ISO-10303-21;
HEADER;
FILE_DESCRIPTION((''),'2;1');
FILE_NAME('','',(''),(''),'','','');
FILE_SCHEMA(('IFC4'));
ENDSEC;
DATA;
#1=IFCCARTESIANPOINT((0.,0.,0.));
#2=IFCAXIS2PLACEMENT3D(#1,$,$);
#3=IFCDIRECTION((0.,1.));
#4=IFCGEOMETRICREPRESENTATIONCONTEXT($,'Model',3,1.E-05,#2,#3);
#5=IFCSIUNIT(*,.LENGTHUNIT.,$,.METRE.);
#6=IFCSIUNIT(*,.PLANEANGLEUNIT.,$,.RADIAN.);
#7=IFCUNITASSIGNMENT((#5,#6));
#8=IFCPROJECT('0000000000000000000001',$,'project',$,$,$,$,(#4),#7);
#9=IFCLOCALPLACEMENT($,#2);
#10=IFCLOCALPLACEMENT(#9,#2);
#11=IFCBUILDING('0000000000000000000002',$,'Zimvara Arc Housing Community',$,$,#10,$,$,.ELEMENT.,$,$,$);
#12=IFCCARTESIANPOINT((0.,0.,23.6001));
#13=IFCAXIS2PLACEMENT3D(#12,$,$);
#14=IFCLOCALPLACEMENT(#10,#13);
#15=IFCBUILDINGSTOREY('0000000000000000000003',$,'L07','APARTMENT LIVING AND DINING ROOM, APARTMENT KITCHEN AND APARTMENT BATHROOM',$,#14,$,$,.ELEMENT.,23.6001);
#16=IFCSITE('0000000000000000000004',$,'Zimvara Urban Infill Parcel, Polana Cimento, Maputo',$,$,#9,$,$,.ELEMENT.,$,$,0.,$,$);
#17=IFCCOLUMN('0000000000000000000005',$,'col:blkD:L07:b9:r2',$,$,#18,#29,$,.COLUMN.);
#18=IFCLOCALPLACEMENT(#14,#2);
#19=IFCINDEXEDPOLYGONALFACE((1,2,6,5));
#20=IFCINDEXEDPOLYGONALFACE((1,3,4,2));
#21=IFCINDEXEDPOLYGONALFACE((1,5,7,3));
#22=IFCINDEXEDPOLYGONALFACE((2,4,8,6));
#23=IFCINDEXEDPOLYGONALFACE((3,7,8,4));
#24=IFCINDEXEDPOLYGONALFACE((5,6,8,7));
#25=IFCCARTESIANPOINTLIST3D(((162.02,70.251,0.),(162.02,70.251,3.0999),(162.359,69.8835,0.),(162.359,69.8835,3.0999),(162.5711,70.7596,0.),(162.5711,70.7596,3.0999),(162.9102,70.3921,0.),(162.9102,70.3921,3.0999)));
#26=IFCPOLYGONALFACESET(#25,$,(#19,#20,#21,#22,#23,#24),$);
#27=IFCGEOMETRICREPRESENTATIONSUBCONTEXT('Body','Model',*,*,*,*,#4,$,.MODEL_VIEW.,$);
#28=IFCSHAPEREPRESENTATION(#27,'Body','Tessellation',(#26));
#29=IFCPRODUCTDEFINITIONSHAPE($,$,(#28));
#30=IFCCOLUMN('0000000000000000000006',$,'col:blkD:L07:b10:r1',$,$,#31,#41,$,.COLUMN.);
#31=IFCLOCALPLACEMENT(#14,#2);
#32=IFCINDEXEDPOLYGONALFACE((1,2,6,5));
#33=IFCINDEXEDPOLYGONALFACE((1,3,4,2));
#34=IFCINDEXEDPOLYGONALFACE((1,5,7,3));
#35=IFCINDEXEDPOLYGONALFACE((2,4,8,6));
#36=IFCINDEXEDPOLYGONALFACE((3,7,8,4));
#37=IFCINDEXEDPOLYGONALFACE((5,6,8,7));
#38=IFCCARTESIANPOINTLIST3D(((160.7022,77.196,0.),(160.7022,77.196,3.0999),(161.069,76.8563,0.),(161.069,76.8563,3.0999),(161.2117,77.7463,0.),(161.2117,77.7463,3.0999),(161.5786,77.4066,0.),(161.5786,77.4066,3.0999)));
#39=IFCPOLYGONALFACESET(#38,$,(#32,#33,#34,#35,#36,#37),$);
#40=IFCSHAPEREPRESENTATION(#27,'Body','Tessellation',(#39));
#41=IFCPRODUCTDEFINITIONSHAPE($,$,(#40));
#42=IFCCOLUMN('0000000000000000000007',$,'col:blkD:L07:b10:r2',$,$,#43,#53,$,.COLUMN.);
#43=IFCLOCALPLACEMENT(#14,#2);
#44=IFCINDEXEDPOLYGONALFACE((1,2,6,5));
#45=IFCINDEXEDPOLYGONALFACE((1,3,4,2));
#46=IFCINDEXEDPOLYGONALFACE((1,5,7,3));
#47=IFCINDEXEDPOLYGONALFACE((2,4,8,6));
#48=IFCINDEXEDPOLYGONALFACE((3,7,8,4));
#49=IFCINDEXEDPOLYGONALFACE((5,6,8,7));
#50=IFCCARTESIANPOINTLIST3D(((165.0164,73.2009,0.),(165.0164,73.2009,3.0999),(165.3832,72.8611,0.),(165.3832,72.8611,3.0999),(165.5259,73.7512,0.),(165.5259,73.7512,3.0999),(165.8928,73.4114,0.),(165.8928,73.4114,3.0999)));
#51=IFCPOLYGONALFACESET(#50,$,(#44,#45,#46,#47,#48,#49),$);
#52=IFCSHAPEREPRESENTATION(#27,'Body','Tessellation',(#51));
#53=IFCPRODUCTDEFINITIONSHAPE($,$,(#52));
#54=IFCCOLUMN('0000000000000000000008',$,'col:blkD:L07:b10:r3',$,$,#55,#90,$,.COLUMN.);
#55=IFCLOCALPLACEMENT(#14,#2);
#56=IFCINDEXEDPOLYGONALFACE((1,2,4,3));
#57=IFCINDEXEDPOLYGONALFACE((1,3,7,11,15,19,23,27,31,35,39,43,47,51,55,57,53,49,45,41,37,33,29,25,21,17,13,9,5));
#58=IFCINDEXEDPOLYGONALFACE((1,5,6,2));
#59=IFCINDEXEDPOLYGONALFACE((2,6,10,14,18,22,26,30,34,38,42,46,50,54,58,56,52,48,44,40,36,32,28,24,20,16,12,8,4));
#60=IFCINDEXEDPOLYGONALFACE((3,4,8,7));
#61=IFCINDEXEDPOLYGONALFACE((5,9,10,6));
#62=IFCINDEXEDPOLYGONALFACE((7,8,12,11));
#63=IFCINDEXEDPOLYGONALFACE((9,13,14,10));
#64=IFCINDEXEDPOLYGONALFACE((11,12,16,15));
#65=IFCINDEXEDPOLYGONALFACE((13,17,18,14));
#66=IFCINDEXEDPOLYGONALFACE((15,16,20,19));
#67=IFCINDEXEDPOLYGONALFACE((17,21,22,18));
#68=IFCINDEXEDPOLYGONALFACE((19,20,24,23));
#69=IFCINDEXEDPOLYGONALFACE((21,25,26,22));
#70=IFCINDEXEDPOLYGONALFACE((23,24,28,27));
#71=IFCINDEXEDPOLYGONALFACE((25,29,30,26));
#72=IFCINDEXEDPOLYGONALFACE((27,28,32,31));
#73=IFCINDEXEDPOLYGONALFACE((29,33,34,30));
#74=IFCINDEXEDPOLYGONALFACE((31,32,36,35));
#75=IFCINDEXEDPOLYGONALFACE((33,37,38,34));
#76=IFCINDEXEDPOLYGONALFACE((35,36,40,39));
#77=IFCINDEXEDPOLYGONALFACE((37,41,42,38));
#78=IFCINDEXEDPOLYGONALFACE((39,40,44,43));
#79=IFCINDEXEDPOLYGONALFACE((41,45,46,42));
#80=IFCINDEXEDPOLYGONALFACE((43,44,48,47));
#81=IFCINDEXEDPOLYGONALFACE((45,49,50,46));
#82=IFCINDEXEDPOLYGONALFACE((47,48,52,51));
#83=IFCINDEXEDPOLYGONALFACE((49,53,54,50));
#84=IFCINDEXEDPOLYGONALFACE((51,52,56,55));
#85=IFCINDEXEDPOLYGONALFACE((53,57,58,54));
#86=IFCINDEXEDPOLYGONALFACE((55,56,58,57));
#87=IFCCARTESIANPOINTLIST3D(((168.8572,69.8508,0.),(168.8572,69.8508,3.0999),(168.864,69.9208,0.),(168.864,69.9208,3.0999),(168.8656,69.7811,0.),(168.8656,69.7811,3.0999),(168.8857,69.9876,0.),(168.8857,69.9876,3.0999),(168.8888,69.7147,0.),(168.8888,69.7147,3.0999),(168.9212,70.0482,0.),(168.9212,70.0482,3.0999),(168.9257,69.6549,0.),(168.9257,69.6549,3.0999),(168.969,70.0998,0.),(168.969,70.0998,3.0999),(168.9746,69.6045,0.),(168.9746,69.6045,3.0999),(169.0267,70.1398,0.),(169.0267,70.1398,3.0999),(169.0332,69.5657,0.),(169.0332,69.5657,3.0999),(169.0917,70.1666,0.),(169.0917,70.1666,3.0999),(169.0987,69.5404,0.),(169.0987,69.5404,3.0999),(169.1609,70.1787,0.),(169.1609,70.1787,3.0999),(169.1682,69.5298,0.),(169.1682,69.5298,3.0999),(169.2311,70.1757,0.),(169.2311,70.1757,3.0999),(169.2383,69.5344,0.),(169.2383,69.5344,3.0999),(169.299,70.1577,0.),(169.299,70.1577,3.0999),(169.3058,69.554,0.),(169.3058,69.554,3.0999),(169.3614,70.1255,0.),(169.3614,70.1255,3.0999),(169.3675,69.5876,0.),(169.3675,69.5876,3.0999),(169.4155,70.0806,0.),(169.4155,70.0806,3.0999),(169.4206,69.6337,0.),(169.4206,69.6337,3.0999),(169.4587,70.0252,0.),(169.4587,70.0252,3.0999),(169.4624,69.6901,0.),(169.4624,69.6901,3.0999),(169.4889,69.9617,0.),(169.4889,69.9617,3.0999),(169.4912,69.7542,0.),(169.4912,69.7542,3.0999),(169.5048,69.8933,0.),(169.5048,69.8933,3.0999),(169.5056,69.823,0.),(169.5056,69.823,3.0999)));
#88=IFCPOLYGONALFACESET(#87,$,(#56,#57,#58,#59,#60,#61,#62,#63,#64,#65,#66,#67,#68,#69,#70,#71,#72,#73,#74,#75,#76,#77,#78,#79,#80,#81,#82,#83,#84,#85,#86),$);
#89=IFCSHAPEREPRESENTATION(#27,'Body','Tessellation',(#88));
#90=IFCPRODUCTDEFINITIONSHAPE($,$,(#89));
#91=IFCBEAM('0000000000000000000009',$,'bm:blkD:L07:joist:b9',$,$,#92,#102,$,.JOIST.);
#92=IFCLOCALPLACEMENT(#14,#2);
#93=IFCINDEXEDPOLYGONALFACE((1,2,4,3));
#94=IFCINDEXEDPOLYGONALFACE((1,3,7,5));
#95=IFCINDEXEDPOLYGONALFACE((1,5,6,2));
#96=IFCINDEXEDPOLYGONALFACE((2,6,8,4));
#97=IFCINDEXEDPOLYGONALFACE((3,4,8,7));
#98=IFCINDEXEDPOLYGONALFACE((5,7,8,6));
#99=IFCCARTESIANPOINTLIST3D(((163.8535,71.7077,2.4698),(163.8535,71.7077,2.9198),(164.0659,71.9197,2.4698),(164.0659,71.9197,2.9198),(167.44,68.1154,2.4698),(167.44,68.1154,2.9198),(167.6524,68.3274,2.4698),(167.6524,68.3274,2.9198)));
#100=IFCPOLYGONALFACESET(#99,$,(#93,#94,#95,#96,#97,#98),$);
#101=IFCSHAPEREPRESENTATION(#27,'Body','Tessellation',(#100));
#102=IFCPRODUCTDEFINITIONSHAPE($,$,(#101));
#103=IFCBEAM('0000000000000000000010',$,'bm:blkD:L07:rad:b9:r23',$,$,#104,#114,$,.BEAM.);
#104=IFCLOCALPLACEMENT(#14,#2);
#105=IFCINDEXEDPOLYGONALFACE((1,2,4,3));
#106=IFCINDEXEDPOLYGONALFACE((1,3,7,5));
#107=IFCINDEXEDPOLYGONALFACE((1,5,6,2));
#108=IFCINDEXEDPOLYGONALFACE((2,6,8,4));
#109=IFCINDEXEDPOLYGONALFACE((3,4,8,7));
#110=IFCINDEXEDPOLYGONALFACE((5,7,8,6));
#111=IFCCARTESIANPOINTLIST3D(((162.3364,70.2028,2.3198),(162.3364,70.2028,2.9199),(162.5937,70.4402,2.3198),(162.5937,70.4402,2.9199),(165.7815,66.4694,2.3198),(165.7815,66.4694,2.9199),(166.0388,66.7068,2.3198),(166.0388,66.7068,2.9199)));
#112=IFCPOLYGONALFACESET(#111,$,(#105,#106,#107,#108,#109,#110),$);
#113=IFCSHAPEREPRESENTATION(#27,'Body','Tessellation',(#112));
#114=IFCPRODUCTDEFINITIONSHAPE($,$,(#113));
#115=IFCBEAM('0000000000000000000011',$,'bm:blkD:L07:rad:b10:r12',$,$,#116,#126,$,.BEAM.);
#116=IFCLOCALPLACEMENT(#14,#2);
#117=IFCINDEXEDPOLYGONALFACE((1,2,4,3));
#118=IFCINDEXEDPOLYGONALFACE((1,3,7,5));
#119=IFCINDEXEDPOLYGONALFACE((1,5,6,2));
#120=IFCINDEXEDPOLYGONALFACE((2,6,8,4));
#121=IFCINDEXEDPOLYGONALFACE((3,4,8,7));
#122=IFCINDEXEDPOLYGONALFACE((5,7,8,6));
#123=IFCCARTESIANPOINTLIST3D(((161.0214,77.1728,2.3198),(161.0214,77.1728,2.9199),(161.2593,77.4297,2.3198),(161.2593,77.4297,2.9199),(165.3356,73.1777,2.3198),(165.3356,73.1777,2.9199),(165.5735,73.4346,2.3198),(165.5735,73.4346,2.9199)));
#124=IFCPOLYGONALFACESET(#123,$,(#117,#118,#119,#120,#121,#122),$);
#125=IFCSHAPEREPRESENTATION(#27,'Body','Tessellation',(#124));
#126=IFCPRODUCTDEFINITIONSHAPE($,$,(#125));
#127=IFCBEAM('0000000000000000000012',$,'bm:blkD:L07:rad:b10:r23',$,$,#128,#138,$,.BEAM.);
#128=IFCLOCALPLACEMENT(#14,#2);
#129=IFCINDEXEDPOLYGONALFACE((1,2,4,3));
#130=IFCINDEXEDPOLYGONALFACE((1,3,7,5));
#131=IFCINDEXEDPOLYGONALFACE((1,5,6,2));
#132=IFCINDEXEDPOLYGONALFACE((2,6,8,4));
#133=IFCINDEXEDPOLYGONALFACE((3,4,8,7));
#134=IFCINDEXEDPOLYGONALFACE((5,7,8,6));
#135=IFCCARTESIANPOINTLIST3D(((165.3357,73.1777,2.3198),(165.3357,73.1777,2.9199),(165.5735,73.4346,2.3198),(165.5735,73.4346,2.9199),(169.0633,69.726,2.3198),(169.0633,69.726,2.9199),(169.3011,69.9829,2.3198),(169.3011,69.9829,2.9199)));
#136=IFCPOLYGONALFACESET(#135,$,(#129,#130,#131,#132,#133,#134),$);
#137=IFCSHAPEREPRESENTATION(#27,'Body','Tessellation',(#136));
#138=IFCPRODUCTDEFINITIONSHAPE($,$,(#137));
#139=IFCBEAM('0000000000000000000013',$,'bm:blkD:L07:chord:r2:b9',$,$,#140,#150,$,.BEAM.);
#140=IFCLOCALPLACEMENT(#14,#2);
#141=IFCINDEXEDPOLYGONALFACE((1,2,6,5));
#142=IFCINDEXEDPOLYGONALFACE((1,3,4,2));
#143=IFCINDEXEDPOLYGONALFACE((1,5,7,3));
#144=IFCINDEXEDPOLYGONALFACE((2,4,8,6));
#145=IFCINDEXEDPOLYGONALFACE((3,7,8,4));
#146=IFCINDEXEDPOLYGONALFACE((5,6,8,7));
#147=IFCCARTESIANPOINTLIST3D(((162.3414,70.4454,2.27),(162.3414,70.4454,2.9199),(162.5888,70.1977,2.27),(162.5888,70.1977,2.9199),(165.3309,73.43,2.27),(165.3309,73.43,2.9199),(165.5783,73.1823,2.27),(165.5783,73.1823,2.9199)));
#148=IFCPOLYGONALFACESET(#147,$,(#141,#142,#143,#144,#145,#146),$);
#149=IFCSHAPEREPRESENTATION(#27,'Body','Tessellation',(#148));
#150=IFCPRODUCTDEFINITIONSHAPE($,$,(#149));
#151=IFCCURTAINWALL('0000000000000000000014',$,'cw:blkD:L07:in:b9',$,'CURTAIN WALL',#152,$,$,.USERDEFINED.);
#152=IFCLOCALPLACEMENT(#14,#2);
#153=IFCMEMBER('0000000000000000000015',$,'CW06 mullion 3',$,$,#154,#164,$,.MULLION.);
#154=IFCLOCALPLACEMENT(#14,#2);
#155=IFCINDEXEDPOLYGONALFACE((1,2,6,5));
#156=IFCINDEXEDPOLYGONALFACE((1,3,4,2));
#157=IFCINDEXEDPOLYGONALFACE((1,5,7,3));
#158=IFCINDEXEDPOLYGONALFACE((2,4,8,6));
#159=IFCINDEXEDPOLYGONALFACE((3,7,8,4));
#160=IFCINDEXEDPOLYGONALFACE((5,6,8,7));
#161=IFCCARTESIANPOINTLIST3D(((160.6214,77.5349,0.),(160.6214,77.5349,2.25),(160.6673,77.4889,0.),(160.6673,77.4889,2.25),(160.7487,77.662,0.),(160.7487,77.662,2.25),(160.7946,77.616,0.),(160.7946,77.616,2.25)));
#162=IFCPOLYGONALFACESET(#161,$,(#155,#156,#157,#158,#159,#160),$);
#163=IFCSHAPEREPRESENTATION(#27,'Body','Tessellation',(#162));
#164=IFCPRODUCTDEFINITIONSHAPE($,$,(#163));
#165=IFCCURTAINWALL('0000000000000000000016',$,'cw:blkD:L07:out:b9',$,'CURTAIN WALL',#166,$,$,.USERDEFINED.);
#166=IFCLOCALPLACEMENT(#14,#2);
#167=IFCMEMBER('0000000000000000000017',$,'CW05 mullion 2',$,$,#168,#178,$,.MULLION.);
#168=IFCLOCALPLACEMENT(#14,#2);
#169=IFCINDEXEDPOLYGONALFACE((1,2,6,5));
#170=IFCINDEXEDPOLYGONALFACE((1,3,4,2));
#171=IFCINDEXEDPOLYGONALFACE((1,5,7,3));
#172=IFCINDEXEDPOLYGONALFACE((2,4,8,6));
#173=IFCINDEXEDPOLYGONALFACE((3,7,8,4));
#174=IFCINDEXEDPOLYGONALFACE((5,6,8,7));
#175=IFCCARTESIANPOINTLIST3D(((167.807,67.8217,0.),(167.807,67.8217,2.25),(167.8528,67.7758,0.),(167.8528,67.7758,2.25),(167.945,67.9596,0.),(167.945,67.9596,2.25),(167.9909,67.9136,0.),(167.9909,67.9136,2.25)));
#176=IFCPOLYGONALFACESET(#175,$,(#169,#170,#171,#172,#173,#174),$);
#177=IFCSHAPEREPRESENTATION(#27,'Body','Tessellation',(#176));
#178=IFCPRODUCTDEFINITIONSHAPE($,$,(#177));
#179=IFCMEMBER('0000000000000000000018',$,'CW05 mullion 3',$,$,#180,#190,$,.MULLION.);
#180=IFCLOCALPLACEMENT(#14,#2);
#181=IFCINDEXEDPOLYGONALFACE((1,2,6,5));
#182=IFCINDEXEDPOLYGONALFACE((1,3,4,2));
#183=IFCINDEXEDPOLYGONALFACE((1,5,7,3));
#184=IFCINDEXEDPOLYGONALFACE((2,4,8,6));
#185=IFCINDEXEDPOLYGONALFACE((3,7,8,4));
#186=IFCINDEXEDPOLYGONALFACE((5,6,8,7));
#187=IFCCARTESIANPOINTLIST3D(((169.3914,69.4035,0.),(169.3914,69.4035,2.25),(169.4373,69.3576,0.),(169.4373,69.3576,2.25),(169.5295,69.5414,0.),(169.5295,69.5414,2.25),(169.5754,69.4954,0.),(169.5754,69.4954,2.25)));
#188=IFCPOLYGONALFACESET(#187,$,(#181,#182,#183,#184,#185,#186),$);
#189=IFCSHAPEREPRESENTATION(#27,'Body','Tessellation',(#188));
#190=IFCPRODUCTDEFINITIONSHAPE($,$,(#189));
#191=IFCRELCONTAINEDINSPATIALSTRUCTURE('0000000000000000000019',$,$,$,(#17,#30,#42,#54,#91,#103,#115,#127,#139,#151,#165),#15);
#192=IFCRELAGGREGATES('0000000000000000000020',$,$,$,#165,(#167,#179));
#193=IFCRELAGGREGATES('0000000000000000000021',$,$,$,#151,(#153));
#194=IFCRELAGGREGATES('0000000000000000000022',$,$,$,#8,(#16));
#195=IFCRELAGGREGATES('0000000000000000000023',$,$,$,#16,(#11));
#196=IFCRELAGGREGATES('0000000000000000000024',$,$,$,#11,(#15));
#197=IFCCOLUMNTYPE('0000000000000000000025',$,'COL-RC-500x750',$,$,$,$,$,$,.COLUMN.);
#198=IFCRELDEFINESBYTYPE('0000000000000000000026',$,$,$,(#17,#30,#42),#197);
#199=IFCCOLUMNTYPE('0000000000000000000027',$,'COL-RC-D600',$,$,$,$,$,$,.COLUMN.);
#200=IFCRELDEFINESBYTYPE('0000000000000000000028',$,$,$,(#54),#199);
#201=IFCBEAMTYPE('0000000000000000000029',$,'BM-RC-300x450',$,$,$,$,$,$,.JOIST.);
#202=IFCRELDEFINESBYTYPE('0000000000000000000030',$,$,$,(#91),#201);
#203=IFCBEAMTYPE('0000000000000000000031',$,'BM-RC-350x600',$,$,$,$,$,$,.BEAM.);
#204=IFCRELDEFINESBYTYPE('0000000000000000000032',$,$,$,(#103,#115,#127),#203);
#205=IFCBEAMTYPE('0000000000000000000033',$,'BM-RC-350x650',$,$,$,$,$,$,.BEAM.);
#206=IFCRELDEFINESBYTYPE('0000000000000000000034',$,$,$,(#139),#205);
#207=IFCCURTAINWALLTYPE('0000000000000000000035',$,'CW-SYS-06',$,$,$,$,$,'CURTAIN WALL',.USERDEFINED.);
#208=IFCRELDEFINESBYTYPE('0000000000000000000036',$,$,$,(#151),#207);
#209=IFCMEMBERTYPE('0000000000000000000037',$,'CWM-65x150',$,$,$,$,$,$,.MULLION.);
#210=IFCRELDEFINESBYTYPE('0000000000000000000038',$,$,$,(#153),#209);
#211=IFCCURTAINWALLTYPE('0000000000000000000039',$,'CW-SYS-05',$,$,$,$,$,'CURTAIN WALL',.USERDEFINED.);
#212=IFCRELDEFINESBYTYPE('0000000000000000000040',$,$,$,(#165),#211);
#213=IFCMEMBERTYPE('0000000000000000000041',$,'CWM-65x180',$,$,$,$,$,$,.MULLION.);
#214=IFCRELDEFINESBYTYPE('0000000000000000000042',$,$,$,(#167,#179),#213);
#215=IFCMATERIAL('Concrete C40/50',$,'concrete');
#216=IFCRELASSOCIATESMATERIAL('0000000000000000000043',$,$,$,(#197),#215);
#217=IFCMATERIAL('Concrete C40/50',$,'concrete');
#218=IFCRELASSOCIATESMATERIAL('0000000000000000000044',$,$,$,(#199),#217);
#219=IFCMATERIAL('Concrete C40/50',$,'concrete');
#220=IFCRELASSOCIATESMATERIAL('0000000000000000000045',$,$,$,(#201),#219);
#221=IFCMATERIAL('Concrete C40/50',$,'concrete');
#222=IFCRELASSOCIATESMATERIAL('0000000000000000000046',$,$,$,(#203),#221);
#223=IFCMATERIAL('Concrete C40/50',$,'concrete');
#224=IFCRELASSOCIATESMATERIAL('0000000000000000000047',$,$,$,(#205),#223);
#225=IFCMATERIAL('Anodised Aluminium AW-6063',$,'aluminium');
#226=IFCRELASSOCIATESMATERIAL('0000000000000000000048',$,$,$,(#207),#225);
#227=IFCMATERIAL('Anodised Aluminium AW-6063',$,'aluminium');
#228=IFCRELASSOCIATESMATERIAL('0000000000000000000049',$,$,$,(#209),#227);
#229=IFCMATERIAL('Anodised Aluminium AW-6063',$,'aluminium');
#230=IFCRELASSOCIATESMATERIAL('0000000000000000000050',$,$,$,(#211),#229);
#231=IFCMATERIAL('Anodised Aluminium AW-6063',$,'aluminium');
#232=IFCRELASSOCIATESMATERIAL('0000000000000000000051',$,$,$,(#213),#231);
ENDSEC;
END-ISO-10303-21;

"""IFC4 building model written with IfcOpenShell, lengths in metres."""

from ifc_helpers import new_model, si_unit, direction, frame, origin, origin_2d, place, context, subcontext, project, spatial, rectangle, circle, extrude, material, material_profile, profile_set, type_object, element, aggregate, save


model = new_model("IFC4")

# Units and contexts
model_context = context("Model", 3, precision=1e-05, world=origin(), true_north=direction((0.0, 1.0)))
body_context = subcontext(model_context, "Body", "Model", "MODEL_VIEW")
ifc_project = project(units=[si_unit("LENGTHUNIT", "METRE"), si_unit("PLANEANGLEUNIT", "RADIAN")], contexts=[model_context])

# Site, building, storey
site_placement = place(None, origin())
site = spatial("IfcSite", under=ifc_project, at=site_placement, Name="Zimvara Urban Infill Parcel, Polana Cimento, Maputo", CompositionType="ELEMENT", RefElevation=0.0)
building_placement = place(site_placement, origin())
building = spatial("IfcBuilding", under=site, at=building_placement, Name="Zimvara Arc Housing Community", CompositionType="ELEMENT")
storey_placement = place(building_placement, frame((0.0, 0.0, 23.6001)))
storey = spatial("IfcBuildingStorey", under=building, at=storey_placement, Name="L07", Description="APARTMENT LIVING AND DINING ROOM, APARTMENT KITCHEN AND APARTMENT BATHROOM", CompositionType="ELEMENT", Elevation=23.6001)

# Columns
ifc_material_1 = material(Name="Concrete C40/50", Category="concrete")
ifc_material_profile_1 = material_profile(ifc_material_1, rectangle(XDim=0.5, YDim=0.75, at=origin_2d()), Name="RC 500x750")
ifc_profile_set_1 = profile_set([ifc_material_profile_1], Name="Concrete C40/50")
column_type_1 = type_object("IfcColumnType", Name="COL-RC-500x750", PredefinedType="COLUMN", material=ifc_profile_set_1)
for number, where, z_axis, x_axis, name in (
    (1, (162.4651, 70.3215, 0.0), (0.0, 0.0, 1.0), (0.67816, -0.734915, 0.0), "col:blkD:L07:b9:r2"),
    (2, (161.1404, 77.3013, 0.0), (0.0, 0.0, 1.0), (0.73373, -0.679441, 0.0), "col:blkD:L07:b10:r1"),
    (3, (165.4546, 73.3062, 0.0), (0.0, 0.0, 1.0), (0.73373, -0.679441, 0.0), "col:blkD:L07:b10:r2"),
):
    element("IfcColumn", number, at=place(storey_placement, frame(where, z_axis=z_axis, x_axis=x_axis)), inside=storey, type_object=column_type_1, Name=name, PredefinedType="COLUMN", context=body_context, shape_type="SweptSolid", body=[
        extrude(rectangle(XDim=0.5, YDim=0.75, at=origin_2d()), origin(), (0.0, 0.0, 1.0), 3.0999),
    ])
ifc_material_2 = material(Name="Concrete C40/50", Category="concrete")
ifc_material_profile_2 = material_profile(ifc_material_2, circle(Radius=0.325, at=origin_2d()), Name="RC D650")
ifc_profile_set_2 = profile_set([ifc_material_profile_2], Name="Concrete C40/50")
column_type_2 = type_object("IfcColumnType", Name="COL-RC-D600", PredefinedType="COLUMN", material=ifc_profile_set_2)
column_placement = place(storey_placement, frame((169.1821, 69.8545, 0.0), z_axis=(0.0, 0.0, 1.0), x_axis=(0.73373, -0.679441, 0.0)))
element("IfcColumn", 4, at=column_placement, inside=storey, type_object=column_type_2, Name="col:blkD:L07:b10:r3", PredefinedType="COLUMN", context=body_context, shape_type="SweptSolid", body=[
    extrude(circle(Radius=0.325, at=origin_2d()), origin(), (0.0, 0.0, 1.0), 3.0999),
])

# Beams
ifc_material_3 = material(Name="Concrete C40/50", Category="concrete")
ifc_material_profile_3 = material_profile(ifc_material_3, rectangle(XDim=0.3, YDim=0.45, at=origin_2d()), Name="RC 300x450")
ifc_profile_set_3 = profile_set([ifc_material_profile_3], Name="Concrete C40/50")
beam_type_1 = type_object("IfcBeamType", Name="BM-RC-300x450", PredefinedType="JOIST", material=ifc_profile_set_3)
beam_1_placement = place(storey_placement, frame((163.9597, 71.8137, 2.6948), z_axis=(0.706529, -0.707684, 0.0), x_axis=(0.707684, 0.706529, 0.0)))
element("IfcBeam", 5, at=beam_1_placement, inside=storey, type_object=beam_type_1, Name="bm:blkD:L07:joist:b9", PredefinedType="JOIST", context=body_context, shape_type="SweptSolid", body=[
    extrude(rectangle(XDim=0.3, YDim=0.45, at=origin_2d()), origin(), (0.0, 0.0, 1.0), 5.0762),
])
ifc_material_4 = material(Name="Concrete C40/50", Category="concrete")
ifc_material_profile_4 = material_profile(ifc_material_4, rectangle(XDim=0.3501, YDim=0.6001, at=origin_2d()), Name="RC 350x600")
ifc_profile_set_4 = profile_set([ifc_material_profile_4], Name="Concrete C40/50")
beam_type_2 = type_object("IfcBeamType", Name="BM-RC-350x600", PredefinedType="BEAM", material=ifc_profile_set_4)
beam_2_placement = place(storey_placement, frame((162.4651, 70.3215, 2.6199), z_axis=(0.678158, -0.734916, 0.0), x_axis=(0.734916, 0.678158, 0.0)))
element("IfcBeam", 6, at=beam_2_placement, inside=storey, type_object=beam_type_2, Name="bm:blkD:L07:rad:b9:r23", PredefinedType="BEAM", context=body_context, shape_type="SweptSolid", body=[
    extrude(rectangle(XDim=0.3501, YDim=0.6001, at=origin_2d()), origin(), (0.0, 0.0, 1.0), 5.0801),
])
beam_3_placement = place(storey_placement, frame((161.1404, 77.3013, 2.6199), z_axis=(0.73372, -0.679452, 0.0), x_axis=(0.679452, 0.73372, 0.0)))
element("IfcBeam", 7, at=beam_3_placement, inside=storey, type_object=beam_type_2, Name="bm:blkD:L07:rad:b10:r12", PredefinedType="BEAM", context=body_context, shape_type="SweptSolid", body=[
    extrude(rectangle(XDim=0.3501, YDim=0.6001, at=origin_2d()), origin(), (0.0, 0.0, 1.0), 5.8799),
])
beam_4_placement = place(storey_placement, frame((165.4546, 73.3062, 2.6199), z_axis=(0.733738, -0.679433, 0.0), x_axis=(0.679433, 0.733738, 0.0)))
element("IfcBeam", 8, at=beam_4_placement, inside=storey, type_object=beam_type_2, Name="bm:blkD:L07:rad:b10:r23", PredefinedType="BEAM", context=body_context, shape_type="SweptSolid", body=[
    extrude(rectangle(XDim=0.3501, YDim=0.6001, at=origin_2d()), origin(), (0.0, 0.0, 1.0), 5.0803),
])
ifc_material_5 = material(Name="Concrete C40/50", Category="concrete")
ifc_material_profile_5 = material_profile(ifc_material_5, rectangle(XDim=0.3501, YDim=0.6499, at=origin_2d()), Name="RC 350x650")
ifc_profile_set_5 = profile_set([ifc_material_profile_5], Name="Concrete C40/50")
beam_type_3 = type_object("IfcBeamType", Name="BM-RC-350x650", PredefinedType="BEAM", material=ifc_profile_set_5)
beam_5_placement = place(storey_placement, frame((162.4651, 70.3215, 2.595), z_axis=(0.707684, 0.706529, 0.0), x_axis=(-0.706529, 0.707684, 0.0)))
element("IfcBeam", 9, at=beam_5_placement, inside=storey, type_object=beam_type_3, Name="bm:blkD:L07:chord:r2:b9", PredefinedType="BEAM", context=body_context, shape_type="SweptSolid", body=[
    extrude(rectangle(XDim=0.3501, YDim=0.6499, at=origin_2d()), origin(), (0.0, 0.0, 1.0), 4.2244),
])

# Curtain wall, member
ifc_material_6 = material(Name="Anodised Aluminium AW-6063", Category="aluminium")
curtain_wall_type_1 = type_object("IfcCurtainWallType", Name="CW-SYS-06", ElementType="CURTAIN WALL", PredefinedType="USERDEFINED", material=ifc_material_6)
curtain_wall_1_placement = place(storey_placement, origin())
curtain_wall_1 = element("IfcCurtainWall", 10, at=curtain_wall_1_placement, inside=storey, type_object=curtain_wall_type_1, Name="cw:blkD:L07:in:b9", ObjectType="CURTAIN WALL", PredefinedType="USERDEFINED")
ifc_material_7 = material(Name="Anodised Aluminium AW-6063", Category="aluminium")
ifc_material_profile_6 = material_profile(ifc_material_7, rectangle(XDim=0.0649, YDim=0.1799, at=origin_2d()), Name="ALU 65x180")
ifc_profile_set_6 = profile_set([ifc_material_profile_6], Name="Anodised Aluminium AW-6063")
member_type_1 = type_object("IfcMemberType", Name="CWM-65x150", PredefinedType="MULLION", material=ifc_profile_set_6)
member_1_placement = place(storey_placement, frame((160.708, 77.5754, 0.0), z_axis=(0.0, 0.0, 1.0), x_axis=(-0.706489, 0.707724, 0.0)))
member_1 = element("IfcMember", 11, at=member_1_placement, type_object=member_type_1, Name="CW06 mullion 3", PredefinedType="MULLION", context=body_context, shape_type="SweptSolid", body=[
    extrude(rectangle(XDim=0.0649, YDim=0.1799, at=origin_2d()), origin(), (0.0, 0.0, 1.0), 2.25),
])

# Curtain wall, members
ifc_material_8 = material(Name="Anodised Aluminium AW-6063", Category="aluminium")
curtain_wall_type_2 = type_object("IfcCurtainWallType", Name="CW-SYS-05", ElementType="CURTAIN WALL", PredefinedType="USERDEFINED", material=ifc_material_8)
curtain_wall_2_placement = place(storey_placement, origin())
curtain_wall_2 = element("IfcCurtainWall", 12, at=curtain_wall_2_placement, inside=storey, type_object=curtain_wall_type_2, Name="cw:blkD:L07:out:b9", ObjectType="CURTAIN WALL", PredefinedType="USERDEFINED")
ifc_material_9 = material(Name="Anodised Aluminium AW-6063", Category="aluminium")
ifc_material_profile_7 = material_profile(ifc_material_9, rectangle(XDim=0.0649, YDim=0.1951, at=origin_2d()), Name="ALU 65x195")
ifc_profile_set_7 = profile_set([ifc_material_profile_7], Name="Anodised Aluminium AW-6063")
member_type_2 = type_object("IfcMemberType", Name="CWM-65x180", PredefinedType="MULLION", material=ifc_profile_set_7)
member_2_placement = place(storey_placement, frame((167.8989, 67.8677, 0.0), z_axis=(0.0, 0.0, 1.0), x_axis=(-0.706489, 0.707724, 0.0)))
member_2 = element("IfcMember", 13, at=member_2_placement, type_object=member_type_2, Name="CW05 mullion 2", PredefinedType="MULLION", context=body_context, shape_type="SweptSolid", body=[
    extrude(rectangle(XDim=0.0649, YDim=0.1951, at=origin_2d()), origin(), (0.0, 0.0, 1.0), 2.25),
])
member_3_placement = place(storey_placement, frame((169.4834, 69.4495, 0.0), z_axis=(0.0, 0.0, 1.0), x_axis=(-0.706489, 0.707724, 0.0)))
member_3 = element("IfcMember", 14, at=member_3_placement, type_object=member_type_2, Name="CW05 mullion 3", PredefinedType="MULLION", context=body_context, shape_type="SweptSolid", body=[
    extrude(rectangle(XDim=0.0649, YDim=0.1951, at=origin_2d()), origin(), (0.0, 0.0, 1.0), 2.25),
])
aggregate(curtain_wall_2, [member_2, member_3])

aggregate(curtain_wall_1, [member_1])

save(model, "model.ifc")
